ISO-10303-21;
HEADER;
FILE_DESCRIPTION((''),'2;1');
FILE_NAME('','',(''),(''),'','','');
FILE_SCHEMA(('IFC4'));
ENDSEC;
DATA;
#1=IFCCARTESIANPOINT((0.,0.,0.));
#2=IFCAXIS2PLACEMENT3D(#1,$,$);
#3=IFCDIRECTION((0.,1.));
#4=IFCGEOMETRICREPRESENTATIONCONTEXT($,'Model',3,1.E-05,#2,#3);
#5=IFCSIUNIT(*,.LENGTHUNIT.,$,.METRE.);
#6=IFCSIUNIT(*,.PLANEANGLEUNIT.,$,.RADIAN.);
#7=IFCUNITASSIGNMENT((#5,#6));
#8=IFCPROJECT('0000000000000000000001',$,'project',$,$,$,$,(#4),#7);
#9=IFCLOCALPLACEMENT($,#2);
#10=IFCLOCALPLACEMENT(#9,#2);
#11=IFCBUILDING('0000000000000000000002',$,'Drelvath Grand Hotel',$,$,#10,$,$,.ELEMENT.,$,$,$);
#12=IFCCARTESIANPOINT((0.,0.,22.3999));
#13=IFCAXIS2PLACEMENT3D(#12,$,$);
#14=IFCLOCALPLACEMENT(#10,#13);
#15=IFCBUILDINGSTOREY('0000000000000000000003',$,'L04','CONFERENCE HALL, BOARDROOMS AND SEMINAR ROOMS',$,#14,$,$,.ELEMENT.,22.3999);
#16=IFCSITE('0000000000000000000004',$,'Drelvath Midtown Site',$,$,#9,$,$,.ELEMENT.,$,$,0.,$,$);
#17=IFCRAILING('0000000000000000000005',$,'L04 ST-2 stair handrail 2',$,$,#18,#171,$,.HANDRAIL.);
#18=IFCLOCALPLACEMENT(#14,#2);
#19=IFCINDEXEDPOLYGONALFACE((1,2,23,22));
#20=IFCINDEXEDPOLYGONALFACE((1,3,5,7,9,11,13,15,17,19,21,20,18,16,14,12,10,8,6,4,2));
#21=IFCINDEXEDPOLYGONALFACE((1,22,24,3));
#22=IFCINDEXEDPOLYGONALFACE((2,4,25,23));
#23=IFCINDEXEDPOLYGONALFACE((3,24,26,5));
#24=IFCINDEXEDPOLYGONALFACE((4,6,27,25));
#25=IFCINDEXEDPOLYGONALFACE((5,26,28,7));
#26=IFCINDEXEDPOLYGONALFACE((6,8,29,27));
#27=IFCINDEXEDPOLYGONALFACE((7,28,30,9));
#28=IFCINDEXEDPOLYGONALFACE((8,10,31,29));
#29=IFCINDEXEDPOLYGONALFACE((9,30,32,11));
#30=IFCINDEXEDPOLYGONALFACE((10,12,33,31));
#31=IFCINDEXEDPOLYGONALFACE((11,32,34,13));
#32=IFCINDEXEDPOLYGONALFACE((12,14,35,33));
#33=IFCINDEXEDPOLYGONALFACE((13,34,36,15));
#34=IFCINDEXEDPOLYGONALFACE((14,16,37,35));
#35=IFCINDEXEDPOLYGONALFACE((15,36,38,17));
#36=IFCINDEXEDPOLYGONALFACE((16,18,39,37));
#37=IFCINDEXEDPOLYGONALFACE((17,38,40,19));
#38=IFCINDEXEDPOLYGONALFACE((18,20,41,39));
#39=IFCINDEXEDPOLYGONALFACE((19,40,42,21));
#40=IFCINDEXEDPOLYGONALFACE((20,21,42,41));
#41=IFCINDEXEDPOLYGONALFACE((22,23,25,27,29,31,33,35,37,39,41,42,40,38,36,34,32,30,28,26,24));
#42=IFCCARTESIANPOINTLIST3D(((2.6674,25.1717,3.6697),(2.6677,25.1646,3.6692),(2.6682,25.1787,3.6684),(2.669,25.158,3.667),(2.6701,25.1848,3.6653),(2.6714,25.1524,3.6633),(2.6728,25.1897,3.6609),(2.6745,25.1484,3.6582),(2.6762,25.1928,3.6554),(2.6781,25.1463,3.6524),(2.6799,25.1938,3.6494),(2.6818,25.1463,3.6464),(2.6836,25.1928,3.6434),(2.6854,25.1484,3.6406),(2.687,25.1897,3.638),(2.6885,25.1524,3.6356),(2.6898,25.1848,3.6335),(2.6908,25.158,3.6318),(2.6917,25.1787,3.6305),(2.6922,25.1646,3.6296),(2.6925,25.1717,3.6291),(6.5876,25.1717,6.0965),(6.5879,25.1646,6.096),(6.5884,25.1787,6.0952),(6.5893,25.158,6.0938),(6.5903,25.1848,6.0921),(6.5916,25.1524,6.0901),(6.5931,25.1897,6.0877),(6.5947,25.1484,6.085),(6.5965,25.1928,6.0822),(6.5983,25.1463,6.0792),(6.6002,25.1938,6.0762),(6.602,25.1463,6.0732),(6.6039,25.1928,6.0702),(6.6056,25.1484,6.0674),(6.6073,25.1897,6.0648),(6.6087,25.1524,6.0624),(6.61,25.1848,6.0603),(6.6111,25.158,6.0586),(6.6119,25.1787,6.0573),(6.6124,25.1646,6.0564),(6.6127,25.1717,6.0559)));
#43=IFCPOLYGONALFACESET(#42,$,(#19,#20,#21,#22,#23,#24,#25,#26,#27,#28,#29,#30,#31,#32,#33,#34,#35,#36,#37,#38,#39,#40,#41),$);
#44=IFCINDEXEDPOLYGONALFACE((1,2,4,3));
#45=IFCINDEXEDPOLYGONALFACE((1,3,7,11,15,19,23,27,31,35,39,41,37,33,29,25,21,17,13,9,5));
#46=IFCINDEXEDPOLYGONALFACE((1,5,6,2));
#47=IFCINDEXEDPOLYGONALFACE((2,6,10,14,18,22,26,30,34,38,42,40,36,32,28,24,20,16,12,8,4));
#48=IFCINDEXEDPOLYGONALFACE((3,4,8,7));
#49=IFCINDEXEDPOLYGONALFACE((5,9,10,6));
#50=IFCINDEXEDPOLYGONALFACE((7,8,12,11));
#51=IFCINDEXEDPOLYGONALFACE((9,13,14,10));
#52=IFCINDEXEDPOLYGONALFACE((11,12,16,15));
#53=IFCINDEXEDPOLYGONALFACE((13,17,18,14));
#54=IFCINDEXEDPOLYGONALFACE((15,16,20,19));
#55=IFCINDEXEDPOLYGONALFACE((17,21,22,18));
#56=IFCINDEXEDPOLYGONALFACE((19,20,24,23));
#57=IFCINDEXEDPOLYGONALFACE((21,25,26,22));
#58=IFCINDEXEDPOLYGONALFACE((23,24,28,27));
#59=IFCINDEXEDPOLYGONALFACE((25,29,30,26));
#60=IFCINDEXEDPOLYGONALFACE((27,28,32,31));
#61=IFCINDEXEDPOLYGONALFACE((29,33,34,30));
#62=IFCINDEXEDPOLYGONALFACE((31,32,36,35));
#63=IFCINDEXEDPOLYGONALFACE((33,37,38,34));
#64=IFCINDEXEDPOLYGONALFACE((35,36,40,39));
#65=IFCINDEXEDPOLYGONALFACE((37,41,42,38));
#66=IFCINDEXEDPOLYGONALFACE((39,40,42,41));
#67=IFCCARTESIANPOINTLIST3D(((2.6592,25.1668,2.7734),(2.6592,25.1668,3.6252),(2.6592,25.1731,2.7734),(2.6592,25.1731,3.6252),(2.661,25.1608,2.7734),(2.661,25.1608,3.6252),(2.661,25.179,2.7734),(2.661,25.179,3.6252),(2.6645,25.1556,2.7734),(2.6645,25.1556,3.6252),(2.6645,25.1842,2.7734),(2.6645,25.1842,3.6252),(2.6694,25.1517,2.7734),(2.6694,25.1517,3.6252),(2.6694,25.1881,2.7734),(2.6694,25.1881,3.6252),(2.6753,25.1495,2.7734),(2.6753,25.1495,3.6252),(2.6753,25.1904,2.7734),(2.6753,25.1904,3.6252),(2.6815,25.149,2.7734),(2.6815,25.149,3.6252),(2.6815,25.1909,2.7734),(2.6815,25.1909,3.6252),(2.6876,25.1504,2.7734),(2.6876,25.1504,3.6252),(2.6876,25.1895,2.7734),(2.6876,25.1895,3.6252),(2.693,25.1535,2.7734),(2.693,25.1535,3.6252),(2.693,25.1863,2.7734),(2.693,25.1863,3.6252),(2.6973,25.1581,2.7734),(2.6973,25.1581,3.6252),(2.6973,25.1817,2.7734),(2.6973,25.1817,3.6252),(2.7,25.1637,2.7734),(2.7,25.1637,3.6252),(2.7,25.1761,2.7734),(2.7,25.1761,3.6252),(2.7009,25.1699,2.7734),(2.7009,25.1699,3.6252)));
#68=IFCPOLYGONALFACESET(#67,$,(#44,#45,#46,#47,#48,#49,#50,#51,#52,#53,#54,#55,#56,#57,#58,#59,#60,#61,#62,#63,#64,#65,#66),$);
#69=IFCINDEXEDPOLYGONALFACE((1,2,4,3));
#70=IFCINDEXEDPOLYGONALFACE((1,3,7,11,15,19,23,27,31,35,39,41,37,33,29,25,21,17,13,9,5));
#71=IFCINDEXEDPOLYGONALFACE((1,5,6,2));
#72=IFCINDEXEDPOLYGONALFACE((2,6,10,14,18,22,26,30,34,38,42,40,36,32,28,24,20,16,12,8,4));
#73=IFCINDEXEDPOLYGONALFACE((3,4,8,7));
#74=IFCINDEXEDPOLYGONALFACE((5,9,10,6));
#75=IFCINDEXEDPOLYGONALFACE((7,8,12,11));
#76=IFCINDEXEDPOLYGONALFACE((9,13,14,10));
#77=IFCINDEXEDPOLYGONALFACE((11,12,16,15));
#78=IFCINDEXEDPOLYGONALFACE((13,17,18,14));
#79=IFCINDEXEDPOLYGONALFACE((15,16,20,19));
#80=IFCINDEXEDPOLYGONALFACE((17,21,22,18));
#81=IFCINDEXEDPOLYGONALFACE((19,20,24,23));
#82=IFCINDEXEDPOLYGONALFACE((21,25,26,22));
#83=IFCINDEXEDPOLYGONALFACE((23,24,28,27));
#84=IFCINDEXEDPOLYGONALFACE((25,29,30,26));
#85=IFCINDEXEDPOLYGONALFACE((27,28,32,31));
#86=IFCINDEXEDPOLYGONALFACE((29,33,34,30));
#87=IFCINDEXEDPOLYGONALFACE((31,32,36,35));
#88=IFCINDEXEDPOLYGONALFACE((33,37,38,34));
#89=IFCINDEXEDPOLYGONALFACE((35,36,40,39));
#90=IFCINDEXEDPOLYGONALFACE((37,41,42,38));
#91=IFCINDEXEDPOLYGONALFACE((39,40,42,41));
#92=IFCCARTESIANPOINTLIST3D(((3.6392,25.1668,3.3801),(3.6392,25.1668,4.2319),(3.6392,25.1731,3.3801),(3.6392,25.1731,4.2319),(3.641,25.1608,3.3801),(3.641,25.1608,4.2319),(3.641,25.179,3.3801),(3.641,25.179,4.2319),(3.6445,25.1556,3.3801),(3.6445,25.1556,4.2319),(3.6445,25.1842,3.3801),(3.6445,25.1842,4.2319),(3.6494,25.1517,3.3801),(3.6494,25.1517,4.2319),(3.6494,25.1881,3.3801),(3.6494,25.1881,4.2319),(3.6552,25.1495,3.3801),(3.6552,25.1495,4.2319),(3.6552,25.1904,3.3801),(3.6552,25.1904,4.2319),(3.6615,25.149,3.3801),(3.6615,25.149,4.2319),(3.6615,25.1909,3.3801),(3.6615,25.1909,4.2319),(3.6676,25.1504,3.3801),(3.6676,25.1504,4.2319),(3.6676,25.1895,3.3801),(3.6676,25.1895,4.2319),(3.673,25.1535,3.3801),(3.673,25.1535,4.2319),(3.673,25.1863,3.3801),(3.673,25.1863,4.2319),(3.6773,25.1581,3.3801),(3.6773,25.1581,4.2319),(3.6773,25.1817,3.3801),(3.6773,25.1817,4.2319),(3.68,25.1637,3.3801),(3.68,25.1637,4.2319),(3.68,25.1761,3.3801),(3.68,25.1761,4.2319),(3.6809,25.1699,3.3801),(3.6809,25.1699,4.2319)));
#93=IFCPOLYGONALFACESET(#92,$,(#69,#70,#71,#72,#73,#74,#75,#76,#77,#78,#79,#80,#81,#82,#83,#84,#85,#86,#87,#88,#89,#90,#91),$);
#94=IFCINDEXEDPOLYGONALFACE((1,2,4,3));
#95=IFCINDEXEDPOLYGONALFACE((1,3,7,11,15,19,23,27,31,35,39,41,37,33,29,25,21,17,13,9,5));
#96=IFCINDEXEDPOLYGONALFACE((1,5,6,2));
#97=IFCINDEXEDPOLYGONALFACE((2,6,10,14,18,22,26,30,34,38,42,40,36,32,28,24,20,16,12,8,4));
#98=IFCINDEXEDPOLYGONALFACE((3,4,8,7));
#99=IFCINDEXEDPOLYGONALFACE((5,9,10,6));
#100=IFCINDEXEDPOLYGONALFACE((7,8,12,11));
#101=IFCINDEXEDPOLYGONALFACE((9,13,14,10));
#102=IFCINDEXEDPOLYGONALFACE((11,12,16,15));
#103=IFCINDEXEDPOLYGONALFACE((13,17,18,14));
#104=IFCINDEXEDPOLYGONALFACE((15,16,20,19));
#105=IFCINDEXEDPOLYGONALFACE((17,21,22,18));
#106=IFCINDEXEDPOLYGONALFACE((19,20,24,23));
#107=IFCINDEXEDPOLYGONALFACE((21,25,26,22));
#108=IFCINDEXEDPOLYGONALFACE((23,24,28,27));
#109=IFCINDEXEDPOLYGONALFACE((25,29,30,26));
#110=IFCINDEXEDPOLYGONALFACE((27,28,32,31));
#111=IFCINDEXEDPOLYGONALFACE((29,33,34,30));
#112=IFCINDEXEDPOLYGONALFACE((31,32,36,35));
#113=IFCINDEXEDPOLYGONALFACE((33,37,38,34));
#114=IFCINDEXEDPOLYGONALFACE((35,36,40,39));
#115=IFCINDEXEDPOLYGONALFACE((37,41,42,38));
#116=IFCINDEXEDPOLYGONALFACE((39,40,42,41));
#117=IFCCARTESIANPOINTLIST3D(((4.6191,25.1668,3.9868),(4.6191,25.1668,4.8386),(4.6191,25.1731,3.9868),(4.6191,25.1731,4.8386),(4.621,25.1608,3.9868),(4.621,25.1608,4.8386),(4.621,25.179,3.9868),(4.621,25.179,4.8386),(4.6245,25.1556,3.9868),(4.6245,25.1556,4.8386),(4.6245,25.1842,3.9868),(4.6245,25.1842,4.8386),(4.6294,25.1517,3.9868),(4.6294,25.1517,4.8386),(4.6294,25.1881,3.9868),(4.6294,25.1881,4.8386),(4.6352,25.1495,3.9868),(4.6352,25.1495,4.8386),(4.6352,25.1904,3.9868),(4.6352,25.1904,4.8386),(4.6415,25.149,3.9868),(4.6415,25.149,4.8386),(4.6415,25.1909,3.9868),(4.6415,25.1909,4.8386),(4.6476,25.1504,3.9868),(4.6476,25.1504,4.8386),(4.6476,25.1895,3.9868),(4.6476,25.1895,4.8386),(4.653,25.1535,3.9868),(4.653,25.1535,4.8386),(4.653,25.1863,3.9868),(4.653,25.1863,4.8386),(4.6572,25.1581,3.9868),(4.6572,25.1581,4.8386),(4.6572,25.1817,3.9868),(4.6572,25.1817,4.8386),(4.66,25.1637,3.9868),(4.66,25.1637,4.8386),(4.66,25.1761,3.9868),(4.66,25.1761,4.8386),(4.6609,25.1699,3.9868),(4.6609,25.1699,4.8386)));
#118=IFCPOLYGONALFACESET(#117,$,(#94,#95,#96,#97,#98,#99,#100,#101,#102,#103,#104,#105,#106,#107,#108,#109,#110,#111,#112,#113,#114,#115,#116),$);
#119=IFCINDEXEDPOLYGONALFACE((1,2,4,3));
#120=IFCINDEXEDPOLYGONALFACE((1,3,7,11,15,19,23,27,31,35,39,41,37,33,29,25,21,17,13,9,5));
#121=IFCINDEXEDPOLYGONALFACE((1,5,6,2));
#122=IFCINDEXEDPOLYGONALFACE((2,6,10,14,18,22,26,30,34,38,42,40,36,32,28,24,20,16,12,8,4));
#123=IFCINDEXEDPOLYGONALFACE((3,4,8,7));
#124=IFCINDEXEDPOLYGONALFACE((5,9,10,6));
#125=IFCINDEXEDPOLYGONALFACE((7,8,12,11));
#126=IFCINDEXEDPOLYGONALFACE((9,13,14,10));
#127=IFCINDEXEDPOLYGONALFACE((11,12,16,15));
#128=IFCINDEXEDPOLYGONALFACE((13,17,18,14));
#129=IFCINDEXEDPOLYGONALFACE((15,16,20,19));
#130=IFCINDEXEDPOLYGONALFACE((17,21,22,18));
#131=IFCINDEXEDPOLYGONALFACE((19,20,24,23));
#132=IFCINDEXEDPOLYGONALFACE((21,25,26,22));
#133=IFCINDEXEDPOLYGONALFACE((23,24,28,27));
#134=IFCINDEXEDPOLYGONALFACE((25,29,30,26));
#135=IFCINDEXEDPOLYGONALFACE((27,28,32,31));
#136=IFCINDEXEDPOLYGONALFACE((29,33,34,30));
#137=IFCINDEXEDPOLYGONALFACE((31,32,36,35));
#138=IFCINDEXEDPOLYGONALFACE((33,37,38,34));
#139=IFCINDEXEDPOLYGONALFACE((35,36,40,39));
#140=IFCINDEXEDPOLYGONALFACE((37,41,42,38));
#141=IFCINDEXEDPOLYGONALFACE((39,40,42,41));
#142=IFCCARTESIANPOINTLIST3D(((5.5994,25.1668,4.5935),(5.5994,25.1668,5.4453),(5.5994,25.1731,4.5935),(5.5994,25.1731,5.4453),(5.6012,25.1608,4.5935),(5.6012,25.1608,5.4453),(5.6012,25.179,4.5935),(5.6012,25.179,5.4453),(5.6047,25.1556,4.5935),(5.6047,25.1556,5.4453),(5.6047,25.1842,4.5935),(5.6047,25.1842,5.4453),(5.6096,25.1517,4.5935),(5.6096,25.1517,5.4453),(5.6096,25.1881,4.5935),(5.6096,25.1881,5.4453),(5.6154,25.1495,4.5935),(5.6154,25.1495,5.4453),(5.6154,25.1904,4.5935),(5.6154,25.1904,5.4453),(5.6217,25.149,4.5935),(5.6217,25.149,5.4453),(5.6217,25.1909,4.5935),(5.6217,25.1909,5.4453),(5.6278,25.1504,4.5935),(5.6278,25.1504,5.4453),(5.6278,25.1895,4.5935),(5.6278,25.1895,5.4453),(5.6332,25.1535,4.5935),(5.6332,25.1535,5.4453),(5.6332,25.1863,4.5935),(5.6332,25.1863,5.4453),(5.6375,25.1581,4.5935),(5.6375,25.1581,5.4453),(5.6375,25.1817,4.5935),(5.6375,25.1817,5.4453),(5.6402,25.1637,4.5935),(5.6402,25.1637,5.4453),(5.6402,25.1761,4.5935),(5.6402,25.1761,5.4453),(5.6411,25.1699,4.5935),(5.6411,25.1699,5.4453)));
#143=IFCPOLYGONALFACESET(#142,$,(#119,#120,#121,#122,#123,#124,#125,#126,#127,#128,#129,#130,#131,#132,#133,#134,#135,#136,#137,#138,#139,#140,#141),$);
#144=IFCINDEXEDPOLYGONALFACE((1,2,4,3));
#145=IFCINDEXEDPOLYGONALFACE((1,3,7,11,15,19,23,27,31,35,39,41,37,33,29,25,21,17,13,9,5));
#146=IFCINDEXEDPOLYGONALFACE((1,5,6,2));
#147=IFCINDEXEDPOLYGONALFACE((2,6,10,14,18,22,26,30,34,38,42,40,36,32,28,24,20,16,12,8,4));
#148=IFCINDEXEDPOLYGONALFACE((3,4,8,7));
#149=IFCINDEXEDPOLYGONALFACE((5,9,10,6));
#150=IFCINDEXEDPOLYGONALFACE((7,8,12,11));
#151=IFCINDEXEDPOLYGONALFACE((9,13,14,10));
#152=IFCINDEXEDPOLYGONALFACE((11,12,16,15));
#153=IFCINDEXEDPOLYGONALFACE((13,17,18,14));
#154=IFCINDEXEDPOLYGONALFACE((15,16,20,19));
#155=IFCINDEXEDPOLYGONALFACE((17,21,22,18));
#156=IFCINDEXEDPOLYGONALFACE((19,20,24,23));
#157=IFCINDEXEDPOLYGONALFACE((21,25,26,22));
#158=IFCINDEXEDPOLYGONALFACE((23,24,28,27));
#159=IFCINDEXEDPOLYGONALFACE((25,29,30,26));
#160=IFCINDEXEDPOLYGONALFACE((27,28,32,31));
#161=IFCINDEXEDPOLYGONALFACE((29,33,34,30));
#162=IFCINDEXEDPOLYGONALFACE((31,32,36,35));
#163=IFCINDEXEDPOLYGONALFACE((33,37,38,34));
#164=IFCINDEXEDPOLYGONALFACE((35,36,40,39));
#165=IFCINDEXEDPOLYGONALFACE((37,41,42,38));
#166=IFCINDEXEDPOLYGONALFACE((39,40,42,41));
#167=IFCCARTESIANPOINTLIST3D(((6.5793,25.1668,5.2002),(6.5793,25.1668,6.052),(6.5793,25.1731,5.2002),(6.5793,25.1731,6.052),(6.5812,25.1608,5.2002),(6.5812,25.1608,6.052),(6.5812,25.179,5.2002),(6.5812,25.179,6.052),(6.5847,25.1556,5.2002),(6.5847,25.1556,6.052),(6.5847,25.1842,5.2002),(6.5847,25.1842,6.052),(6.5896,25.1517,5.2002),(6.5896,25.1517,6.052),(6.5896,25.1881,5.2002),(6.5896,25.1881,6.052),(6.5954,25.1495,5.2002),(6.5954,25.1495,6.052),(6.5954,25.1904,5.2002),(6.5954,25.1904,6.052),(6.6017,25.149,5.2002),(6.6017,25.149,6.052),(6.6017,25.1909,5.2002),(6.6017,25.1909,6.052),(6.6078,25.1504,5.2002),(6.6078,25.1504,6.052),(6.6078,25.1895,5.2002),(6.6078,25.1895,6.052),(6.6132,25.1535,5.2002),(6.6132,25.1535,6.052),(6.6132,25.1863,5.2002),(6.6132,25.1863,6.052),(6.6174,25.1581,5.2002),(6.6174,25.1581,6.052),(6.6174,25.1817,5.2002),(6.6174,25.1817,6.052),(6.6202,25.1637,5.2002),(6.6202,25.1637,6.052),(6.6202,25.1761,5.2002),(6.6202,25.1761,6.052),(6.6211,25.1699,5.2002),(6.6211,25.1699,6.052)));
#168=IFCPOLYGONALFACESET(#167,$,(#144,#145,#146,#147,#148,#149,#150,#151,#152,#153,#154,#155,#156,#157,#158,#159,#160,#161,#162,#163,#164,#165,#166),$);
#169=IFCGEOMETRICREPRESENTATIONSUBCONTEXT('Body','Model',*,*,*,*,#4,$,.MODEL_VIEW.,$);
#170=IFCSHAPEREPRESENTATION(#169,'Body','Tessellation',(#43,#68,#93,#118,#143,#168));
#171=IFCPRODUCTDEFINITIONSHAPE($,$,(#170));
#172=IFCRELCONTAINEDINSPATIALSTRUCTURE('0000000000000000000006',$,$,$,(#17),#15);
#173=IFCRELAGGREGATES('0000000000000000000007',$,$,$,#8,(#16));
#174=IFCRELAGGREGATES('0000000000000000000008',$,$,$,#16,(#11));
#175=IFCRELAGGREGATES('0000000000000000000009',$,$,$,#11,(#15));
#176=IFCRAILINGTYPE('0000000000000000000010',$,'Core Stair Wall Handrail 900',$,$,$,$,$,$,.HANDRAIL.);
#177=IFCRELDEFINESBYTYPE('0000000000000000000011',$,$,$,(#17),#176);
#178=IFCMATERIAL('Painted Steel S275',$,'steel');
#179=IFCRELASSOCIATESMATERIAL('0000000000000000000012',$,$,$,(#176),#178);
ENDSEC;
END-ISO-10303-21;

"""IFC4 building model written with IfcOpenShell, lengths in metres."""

from ifc_helpers import new_model, si_unit, direction, frame, origin, origin_2d, place, context, subcontext, project, spatial, circle, extrude, material, type_object, element, save


model = new_model("IFC4")

# Units and contexts
model_context = context("Model", 3, precision=1e-05, world=origin(), true_north=direction((0.0, 1.0)))
body_context = subcontext(model_context, "Body", "Model", "MODEL_VIEW")
ifc_project = project(units=[si_unit("LENGTHUNIT", "METRE"), si_unit("PLANEANGLEUNIT", "RADIAN")], contexts=[model_context])

# Site, building, storey
site_placement = place(None, origin())
site = spatial("IfcSite", under=ifc_project, at=site_placement, Name="Drelvath Midtown Site", CompositionType="ELEMENT", RefElevation=0.0)
building_placement = place(site_placement, origin())
building = spatial("IfcBuilding", under=site, at=building_placement, Name="Drelvath Grand Hotel", CompositionType="ELEMENT")
storey_placement = place(building_placement, frame((0.0, 0.0, 22.3999)))
storey = spatial("IfcBuildingStorey", under=building, at=storey_placement, Name="L04", Description="CONFERENCE HALL, BOARDROOMS AND SEMINAR ROOMS", CompositionType="ELEMENT", Elevation=22.3999)

# Shared definitions
ifc_material_1 = material(Name="Painted Steel S275", Category="steel")

# Railing
railing_type_1 = type_object("IfcRailingType", Name="Core Stair Wall Handrail 900", PredefinedType="HANDRAIL", material=ifc_material_1)
railing_1_placement = place(storey_placement, frame((2.6799, 25.1699, 2.7734)))
element("IfcRailing", 1, at=railing_1_placement, inside=storey, type_object=railing_type_1, Name="L04 ST-2 stair handrail 2", PredefinedType="HANDRAIL", context=body_context, shape_type="SweptSolid", body=[
    extrude(circle(Radius=0.0239, at=origin_2d()), frame((0.0, 0.0, 0.876), z_axis=(0.850266, 0.0, 0.526353), x_axis=(0.0, 1.0, 0.0)), (0.0, 0.0, 1.0), 4.6106),
    extrude(circle(Radius=0.021, at=origin_2d()), origin(), (0.0, 0.0, 1.0), 0.8518),
    extrude(circle(Radius=0.021, at=origin_2d()), frame((0.98, 0.0, 0.6067)), (0.0, 0.0, 1.0), 0.8518),
    extrude(circle(Radius=0.021, at=origin_2d()), frame((1.96, 0.0, 1.2134)), (0.0, 0.0, 1.0), 0.8518),
    extrude(circle(Radius=0.021, at=origin_2d()), frame((2.9402, 0.0, 1.8201)), (0.0, 0.0, 1.0), 0.8518),
    extrude(circle(Radius=0.021, at=origin_2d()), frame((3.9202, 0.0, 2.4268)), (0.0, 0.0, 1.0), 0.8518),
])

save(model, "model.ifc")
